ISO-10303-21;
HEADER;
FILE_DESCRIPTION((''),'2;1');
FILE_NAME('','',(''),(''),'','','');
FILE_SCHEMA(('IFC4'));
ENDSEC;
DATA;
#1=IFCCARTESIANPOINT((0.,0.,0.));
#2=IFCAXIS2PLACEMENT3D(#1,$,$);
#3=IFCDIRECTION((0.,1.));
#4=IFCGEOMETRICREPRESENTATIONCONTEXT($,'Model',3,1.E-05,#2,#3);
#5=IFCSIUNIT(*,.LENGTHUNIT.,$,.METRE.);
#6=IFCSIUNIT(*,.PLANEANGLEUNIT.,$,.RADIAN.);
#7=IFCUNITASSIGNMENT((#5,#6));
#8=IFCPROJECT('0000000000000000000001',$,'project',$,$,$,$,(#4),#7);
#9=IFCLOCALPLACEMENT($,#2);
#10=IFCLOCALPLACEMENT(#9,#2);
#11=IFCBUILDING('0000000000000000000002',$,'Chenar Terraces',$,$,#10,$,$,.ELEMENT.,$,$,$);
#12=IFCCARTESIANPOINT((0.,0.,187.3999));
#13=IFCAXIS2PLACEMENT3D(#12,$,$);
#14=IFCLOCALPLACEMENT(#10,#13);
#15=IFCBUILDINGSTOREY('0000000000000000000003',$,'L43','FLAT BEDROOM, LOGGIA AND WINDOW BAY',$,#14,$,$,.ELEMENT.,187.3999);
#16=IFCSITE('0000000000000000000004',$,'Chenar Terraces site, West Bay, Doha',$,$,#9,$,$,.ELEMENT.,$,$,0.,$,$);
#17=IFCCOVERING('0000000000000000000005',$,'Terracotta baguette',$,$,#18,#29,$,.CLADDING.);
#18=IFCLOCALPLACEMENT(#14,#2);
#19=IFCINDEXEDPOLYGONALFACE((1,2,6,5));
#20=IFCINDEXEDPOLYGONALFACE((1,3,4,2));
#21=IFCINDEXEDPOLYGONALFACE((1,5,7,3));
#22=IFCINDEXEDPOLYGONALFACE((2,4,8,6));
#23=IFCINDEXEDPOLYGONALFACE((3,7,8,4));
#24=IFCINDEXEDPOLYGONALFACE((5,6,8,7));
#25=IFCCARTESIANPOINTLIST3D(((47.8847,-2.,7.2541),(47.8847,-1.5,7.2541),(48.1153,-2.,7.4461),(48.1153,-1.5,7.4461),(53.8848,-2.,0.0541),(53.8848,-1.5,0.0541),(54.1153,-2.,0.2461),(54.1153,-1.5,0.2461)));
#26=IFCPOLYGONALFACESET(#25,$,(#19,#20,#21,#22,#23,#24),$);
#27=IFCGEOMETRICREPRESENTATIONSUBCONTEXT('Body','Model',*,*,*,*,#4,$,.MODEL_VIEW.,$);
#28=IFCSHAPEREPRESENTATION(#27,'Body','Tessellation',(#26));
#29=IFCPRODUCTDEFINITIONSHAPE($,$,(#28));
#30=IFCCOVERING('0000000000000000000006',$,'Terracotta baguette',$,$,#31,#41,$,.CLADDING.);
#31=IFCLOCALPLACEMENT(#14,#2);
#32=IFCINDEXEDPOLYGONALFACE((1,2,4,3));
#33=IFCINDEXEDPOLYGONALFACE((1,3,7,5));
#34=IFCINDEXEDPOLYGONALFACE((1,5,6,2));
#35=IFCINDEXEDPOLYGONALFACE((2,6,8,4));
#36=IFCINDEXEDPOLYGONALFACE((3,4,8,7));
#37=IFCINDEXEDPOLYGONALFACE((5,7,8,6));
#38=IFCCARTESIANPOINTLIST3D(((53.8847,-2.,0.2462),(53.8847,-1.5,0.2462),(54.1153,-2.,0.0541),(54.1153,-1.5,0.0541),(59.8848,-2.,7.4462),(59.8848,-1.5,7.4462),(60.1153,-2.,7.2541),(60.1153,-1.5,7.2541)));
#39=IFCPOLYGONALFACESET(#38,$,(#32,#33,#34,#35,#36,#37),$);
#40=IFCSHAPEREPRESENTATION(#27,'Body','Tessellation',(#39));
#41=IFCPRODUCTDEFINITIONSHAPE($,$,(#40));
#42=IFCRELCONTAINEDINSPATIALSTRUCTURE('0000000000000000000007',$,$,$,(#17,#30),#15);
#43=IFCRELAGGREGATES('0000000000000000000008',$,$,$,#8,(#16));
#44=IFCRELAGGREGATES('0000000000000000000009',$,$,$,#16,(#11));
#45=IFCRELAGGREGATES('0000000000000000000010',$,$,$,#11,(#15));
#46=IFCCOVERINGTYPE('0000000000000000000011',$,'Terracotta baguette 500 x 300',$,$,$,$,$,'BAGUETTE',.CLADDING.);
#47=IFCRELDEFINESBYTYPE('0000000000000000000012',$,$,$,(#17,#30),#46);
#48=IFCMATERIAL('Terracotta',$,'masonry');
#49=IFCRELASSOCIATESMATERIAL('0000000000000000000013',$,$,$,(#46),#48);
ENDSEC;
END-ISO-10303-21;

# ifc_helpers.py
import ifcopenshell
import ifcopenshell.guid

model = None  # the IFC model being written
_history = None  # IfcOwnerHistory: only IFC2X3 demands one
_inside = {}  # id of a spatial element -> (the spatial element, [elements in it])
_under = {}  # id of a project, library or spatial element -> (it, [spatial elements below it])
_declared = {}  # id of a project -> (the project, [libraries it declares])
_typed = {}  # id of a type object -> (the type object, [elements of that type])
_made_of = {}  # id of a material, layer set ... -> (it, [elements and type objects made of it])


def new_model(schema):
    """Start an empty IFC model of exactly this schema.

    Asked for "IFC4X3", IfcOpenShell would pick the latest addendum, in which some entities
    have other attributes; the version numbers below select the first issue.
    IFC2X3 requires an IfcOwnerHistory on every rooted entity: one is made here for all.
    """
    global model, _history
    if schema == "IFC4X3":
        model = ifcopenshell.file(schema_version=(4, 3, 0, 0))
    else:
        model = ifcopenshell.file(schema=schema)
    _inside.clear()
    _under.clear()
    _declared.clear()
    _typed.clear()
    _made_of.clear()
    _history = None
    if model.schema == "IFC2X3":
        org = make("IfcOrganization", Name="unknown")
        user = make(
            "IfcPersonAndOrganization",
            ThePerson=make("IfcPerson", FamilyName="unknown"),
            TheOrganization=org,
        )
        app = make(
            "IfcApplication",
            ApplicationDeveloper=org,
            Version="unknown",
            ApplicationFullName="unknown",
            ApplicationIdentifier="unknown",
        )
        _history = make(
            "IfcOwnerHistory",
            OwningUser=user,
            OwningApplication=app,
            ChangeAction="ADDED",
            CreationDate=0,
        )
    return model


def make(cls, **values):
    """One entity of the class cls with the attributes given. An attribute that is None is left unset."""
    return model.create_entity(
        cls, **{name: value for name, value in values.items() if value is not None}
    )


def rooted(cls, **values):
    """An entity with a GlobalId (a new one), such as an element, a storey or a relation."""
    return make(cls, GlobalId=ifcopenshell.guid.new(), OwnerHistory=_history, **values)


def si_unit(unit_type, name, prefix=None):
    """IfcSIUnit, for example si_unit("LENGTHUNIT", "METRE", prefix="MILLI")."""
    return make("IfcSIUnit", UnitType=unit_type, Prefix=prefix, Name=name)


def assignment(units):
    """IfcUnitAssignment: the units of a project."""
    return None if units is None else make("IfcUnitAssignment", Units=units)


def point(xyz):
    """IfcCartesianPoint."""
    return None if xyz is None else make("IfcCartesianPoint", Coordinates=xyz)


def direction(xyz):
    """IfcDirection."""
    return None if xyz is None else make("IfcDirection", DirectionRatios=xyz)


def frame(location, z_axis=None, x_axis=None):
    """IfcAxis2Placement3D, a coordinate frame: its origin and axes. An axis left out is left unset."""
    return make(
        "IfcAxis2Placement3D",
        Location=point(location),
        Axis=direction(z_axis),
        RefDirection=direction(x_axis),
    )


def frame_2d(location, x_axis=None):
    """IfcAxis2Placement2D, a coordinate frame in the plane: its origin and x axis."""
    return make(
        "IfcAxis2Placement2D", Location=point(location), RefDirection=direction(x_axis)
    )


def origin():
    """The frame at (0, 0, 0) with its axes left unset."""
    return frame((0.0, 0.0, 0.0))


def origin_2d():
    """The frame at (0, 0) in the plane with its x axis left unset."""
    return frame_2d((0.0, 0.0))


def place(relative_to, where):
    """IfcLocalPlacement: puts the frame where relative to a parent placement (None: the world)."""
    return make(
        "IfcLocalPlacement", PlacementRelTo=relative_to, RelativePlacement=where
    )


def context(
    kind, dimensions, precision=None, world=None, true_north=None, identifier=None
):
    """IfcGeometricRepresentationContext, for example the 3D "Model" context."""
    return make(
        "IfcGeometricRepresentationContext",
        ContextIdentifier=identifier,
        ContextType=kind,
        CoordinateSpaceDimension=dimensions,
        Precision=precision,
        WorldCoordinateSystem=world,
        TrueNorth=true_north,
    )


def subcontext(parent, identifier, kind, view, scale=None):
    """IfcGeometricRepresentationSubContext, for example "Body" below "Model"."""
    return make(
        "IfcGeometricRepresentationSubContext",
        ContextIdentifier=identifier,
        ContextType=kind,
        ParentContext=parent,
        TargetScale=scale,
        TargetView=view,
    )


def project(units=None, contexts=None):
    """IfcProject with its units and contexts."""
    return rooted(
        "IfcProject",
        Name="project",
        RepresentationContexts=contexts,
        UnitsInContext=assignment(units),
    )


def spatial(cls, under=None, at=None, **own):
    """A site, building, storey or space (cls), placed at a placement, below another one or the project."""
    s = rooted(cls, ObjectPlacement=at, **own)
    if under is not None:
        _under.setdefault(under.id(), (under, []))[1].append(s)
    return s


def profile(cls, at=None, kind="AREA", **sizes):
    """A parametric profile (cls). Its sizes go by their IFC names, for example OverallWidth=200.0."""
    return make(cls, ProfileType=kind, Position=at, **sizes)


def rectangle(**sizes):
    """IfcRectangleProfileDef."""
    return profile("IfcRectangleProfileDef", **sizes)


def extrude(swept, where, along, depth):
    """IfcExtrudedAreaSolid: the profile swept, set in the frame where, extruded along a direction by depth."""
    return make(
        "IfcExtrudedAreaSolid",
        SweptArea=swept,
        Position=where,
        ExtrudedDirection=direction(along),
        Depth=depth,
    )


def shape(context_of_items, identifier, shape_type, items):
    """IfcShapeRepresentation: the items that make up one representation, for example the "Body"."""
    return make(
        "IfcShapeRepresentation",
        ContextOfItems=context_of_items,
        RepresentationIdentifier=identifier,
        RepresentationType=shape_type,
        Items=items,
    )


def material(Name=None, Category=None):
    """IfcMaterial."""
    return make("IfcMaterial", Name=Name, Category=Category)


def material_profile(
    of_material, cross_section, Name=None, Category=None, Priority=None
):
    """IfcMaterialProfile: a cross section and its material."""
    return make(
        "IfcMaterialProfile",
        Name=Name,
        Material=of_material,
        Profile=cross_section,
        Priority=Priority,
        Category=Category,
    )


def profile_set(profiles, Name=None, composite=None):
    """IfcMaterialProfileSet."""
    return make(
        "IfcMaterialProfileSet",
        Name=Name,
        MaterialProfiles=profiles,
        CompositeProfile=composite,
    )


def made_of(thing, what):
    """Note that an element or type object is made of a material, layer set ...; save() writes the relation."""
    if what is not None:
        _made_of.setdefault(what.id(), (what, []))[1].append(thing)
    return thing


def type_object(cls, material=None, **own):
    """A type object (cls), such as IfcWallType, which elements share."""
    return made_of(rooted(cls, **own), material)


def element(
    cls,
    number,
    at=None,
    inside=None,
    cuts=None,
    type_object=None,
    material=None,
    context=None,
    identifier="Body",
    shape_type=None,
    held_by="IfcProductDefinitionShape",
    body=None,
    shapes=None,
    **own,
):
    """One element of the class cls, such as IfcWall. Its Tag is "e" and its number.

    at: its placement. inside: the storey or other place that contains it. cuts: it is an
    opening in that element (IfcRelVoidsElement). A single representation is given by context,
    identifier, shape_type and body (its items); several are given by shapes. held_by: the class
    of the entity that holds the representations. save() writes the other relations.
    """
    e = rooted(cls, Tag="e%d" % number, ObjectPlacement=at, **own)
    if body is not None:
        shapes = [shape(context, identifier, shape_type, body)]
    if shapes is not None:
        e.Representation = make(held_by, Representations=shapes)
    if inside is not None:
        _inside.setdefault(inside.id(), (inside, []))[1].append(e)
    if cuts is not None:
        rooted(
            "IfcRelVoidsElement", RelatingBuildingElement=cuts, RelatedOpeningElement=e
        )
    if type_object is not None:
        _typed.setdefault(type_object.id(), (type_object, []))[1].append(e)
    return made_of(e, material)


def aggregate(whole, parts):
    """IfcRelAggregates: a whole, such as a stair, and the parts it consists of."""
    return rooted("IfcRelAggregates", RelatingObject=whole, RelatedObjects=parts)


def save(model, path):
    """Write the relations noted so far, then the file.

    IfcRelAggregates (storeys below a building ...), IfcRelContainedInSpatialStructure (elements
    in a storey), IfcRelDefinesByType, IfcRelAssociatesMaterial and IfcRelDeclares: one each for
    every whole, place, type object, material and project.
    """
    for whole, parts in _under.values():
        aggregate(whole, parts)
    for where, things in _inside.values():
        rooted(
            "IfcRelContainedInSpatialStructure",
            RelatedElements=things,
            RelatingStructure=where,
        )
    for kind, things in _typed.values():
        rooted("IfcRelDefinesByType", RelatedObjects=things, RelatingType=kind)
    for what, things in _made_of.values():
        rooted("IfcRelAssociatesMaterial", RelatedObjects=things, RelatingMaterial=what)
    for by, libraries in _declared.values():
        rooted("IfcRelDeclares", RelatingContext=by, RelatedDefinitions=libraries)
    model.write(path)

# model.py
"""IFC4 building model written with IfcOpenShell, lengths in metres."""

from ifc_helpers import new_model, si_unit, direction, frame, origin, origin_2d, place, context, subcontext, project, spatial, rectangle, extrude, material, material_profile, profile_set, type_object, element, save


model = new_model("IFC4")

# Units and contexts
model_context = context("Model", 3, precision=1e-05, world=origin(), true_north=direction((0.0, 1.0)))
body_context = subcontext(model_context, "Body", "Model", "MODEL_VIEW")
ifc_project = project(units=[si_unit("LENGTHUNIT", "METRE"), si_unit("PLANEANGLEUNIT", "RADIAN")], contexts=[model_context])

# Site, building, storey
site_placement = place(None, origin())
site = spatial("IfcSite", under=ifc_project, at=site_placement, Name="Chenar Terraces site, West Bay, Doha", CompositionType="ELEMENT", RefElevation=0.0)
building_placement = place(site_placement, origin())
building = spatial("IfcBuilding", under=site, at=building_placement, Name="Chenar Terraces", CompositionType="ELEMENT")
storey_placement = place(building_placement, frame((0.0, 0.0, 187.3999)))
storey = spatial("IfcBuildingStorey", under=building, at=storey_placement, Name="L43", Description="FLAT BEDROOM, LOGGIA AND WINDOW BAY", CompositionType="ELEMENT", Elevation=187.3999)

# Coverings
ifc_material_1 = material(Name="Terracotta", Category="masonry")
ifc_material_profile_1 = material_profile(ifc_material_1, rectangle(XDim=0.5, YDim=0.3, at=origin_2d()), Name="Terracotta baguette 500 x 300")
ifc_profile_set_1 = profile_set([ifc_material_profile_1], Name="Terracotta")
covering_type = type_object("IfcCoveringType", Name="Terracotta baguette 500 x 300", ElementType="BAGUETTE", PredefinedType="CLADDING", material=ifc_profile_set_1)
for number, where, z_axis, x_axis, name in (
    (1, (48.0, -1.75, 7.3501), (0.640187, 0.0, -0.768219), (0.0, 1.0, 0.0), "Terracotta baguette"),
    (2, (54.0, -1.75, 0.1501), (0.640187, 0.0, 0.768219), (0.0, 1.0, 0.0), "Terracotta baguette"),
):
    element("IfcCovering", number, at=place(storey_placement, frame(where, z_axis=z_axis, x_axis=x_axis)), inside=storey, type_object=covering_type, Name=name, PredefinedType="CLADDING", context=body_context, shape_type="SweptSolid", body=[
        extrude(rectangle(XDim=0.5, YDim=0.3, at=origin_2d()), origin(), (0.0, 0.0, 1.0), 9.3723),
    ])

save(model, "model.ifc")
